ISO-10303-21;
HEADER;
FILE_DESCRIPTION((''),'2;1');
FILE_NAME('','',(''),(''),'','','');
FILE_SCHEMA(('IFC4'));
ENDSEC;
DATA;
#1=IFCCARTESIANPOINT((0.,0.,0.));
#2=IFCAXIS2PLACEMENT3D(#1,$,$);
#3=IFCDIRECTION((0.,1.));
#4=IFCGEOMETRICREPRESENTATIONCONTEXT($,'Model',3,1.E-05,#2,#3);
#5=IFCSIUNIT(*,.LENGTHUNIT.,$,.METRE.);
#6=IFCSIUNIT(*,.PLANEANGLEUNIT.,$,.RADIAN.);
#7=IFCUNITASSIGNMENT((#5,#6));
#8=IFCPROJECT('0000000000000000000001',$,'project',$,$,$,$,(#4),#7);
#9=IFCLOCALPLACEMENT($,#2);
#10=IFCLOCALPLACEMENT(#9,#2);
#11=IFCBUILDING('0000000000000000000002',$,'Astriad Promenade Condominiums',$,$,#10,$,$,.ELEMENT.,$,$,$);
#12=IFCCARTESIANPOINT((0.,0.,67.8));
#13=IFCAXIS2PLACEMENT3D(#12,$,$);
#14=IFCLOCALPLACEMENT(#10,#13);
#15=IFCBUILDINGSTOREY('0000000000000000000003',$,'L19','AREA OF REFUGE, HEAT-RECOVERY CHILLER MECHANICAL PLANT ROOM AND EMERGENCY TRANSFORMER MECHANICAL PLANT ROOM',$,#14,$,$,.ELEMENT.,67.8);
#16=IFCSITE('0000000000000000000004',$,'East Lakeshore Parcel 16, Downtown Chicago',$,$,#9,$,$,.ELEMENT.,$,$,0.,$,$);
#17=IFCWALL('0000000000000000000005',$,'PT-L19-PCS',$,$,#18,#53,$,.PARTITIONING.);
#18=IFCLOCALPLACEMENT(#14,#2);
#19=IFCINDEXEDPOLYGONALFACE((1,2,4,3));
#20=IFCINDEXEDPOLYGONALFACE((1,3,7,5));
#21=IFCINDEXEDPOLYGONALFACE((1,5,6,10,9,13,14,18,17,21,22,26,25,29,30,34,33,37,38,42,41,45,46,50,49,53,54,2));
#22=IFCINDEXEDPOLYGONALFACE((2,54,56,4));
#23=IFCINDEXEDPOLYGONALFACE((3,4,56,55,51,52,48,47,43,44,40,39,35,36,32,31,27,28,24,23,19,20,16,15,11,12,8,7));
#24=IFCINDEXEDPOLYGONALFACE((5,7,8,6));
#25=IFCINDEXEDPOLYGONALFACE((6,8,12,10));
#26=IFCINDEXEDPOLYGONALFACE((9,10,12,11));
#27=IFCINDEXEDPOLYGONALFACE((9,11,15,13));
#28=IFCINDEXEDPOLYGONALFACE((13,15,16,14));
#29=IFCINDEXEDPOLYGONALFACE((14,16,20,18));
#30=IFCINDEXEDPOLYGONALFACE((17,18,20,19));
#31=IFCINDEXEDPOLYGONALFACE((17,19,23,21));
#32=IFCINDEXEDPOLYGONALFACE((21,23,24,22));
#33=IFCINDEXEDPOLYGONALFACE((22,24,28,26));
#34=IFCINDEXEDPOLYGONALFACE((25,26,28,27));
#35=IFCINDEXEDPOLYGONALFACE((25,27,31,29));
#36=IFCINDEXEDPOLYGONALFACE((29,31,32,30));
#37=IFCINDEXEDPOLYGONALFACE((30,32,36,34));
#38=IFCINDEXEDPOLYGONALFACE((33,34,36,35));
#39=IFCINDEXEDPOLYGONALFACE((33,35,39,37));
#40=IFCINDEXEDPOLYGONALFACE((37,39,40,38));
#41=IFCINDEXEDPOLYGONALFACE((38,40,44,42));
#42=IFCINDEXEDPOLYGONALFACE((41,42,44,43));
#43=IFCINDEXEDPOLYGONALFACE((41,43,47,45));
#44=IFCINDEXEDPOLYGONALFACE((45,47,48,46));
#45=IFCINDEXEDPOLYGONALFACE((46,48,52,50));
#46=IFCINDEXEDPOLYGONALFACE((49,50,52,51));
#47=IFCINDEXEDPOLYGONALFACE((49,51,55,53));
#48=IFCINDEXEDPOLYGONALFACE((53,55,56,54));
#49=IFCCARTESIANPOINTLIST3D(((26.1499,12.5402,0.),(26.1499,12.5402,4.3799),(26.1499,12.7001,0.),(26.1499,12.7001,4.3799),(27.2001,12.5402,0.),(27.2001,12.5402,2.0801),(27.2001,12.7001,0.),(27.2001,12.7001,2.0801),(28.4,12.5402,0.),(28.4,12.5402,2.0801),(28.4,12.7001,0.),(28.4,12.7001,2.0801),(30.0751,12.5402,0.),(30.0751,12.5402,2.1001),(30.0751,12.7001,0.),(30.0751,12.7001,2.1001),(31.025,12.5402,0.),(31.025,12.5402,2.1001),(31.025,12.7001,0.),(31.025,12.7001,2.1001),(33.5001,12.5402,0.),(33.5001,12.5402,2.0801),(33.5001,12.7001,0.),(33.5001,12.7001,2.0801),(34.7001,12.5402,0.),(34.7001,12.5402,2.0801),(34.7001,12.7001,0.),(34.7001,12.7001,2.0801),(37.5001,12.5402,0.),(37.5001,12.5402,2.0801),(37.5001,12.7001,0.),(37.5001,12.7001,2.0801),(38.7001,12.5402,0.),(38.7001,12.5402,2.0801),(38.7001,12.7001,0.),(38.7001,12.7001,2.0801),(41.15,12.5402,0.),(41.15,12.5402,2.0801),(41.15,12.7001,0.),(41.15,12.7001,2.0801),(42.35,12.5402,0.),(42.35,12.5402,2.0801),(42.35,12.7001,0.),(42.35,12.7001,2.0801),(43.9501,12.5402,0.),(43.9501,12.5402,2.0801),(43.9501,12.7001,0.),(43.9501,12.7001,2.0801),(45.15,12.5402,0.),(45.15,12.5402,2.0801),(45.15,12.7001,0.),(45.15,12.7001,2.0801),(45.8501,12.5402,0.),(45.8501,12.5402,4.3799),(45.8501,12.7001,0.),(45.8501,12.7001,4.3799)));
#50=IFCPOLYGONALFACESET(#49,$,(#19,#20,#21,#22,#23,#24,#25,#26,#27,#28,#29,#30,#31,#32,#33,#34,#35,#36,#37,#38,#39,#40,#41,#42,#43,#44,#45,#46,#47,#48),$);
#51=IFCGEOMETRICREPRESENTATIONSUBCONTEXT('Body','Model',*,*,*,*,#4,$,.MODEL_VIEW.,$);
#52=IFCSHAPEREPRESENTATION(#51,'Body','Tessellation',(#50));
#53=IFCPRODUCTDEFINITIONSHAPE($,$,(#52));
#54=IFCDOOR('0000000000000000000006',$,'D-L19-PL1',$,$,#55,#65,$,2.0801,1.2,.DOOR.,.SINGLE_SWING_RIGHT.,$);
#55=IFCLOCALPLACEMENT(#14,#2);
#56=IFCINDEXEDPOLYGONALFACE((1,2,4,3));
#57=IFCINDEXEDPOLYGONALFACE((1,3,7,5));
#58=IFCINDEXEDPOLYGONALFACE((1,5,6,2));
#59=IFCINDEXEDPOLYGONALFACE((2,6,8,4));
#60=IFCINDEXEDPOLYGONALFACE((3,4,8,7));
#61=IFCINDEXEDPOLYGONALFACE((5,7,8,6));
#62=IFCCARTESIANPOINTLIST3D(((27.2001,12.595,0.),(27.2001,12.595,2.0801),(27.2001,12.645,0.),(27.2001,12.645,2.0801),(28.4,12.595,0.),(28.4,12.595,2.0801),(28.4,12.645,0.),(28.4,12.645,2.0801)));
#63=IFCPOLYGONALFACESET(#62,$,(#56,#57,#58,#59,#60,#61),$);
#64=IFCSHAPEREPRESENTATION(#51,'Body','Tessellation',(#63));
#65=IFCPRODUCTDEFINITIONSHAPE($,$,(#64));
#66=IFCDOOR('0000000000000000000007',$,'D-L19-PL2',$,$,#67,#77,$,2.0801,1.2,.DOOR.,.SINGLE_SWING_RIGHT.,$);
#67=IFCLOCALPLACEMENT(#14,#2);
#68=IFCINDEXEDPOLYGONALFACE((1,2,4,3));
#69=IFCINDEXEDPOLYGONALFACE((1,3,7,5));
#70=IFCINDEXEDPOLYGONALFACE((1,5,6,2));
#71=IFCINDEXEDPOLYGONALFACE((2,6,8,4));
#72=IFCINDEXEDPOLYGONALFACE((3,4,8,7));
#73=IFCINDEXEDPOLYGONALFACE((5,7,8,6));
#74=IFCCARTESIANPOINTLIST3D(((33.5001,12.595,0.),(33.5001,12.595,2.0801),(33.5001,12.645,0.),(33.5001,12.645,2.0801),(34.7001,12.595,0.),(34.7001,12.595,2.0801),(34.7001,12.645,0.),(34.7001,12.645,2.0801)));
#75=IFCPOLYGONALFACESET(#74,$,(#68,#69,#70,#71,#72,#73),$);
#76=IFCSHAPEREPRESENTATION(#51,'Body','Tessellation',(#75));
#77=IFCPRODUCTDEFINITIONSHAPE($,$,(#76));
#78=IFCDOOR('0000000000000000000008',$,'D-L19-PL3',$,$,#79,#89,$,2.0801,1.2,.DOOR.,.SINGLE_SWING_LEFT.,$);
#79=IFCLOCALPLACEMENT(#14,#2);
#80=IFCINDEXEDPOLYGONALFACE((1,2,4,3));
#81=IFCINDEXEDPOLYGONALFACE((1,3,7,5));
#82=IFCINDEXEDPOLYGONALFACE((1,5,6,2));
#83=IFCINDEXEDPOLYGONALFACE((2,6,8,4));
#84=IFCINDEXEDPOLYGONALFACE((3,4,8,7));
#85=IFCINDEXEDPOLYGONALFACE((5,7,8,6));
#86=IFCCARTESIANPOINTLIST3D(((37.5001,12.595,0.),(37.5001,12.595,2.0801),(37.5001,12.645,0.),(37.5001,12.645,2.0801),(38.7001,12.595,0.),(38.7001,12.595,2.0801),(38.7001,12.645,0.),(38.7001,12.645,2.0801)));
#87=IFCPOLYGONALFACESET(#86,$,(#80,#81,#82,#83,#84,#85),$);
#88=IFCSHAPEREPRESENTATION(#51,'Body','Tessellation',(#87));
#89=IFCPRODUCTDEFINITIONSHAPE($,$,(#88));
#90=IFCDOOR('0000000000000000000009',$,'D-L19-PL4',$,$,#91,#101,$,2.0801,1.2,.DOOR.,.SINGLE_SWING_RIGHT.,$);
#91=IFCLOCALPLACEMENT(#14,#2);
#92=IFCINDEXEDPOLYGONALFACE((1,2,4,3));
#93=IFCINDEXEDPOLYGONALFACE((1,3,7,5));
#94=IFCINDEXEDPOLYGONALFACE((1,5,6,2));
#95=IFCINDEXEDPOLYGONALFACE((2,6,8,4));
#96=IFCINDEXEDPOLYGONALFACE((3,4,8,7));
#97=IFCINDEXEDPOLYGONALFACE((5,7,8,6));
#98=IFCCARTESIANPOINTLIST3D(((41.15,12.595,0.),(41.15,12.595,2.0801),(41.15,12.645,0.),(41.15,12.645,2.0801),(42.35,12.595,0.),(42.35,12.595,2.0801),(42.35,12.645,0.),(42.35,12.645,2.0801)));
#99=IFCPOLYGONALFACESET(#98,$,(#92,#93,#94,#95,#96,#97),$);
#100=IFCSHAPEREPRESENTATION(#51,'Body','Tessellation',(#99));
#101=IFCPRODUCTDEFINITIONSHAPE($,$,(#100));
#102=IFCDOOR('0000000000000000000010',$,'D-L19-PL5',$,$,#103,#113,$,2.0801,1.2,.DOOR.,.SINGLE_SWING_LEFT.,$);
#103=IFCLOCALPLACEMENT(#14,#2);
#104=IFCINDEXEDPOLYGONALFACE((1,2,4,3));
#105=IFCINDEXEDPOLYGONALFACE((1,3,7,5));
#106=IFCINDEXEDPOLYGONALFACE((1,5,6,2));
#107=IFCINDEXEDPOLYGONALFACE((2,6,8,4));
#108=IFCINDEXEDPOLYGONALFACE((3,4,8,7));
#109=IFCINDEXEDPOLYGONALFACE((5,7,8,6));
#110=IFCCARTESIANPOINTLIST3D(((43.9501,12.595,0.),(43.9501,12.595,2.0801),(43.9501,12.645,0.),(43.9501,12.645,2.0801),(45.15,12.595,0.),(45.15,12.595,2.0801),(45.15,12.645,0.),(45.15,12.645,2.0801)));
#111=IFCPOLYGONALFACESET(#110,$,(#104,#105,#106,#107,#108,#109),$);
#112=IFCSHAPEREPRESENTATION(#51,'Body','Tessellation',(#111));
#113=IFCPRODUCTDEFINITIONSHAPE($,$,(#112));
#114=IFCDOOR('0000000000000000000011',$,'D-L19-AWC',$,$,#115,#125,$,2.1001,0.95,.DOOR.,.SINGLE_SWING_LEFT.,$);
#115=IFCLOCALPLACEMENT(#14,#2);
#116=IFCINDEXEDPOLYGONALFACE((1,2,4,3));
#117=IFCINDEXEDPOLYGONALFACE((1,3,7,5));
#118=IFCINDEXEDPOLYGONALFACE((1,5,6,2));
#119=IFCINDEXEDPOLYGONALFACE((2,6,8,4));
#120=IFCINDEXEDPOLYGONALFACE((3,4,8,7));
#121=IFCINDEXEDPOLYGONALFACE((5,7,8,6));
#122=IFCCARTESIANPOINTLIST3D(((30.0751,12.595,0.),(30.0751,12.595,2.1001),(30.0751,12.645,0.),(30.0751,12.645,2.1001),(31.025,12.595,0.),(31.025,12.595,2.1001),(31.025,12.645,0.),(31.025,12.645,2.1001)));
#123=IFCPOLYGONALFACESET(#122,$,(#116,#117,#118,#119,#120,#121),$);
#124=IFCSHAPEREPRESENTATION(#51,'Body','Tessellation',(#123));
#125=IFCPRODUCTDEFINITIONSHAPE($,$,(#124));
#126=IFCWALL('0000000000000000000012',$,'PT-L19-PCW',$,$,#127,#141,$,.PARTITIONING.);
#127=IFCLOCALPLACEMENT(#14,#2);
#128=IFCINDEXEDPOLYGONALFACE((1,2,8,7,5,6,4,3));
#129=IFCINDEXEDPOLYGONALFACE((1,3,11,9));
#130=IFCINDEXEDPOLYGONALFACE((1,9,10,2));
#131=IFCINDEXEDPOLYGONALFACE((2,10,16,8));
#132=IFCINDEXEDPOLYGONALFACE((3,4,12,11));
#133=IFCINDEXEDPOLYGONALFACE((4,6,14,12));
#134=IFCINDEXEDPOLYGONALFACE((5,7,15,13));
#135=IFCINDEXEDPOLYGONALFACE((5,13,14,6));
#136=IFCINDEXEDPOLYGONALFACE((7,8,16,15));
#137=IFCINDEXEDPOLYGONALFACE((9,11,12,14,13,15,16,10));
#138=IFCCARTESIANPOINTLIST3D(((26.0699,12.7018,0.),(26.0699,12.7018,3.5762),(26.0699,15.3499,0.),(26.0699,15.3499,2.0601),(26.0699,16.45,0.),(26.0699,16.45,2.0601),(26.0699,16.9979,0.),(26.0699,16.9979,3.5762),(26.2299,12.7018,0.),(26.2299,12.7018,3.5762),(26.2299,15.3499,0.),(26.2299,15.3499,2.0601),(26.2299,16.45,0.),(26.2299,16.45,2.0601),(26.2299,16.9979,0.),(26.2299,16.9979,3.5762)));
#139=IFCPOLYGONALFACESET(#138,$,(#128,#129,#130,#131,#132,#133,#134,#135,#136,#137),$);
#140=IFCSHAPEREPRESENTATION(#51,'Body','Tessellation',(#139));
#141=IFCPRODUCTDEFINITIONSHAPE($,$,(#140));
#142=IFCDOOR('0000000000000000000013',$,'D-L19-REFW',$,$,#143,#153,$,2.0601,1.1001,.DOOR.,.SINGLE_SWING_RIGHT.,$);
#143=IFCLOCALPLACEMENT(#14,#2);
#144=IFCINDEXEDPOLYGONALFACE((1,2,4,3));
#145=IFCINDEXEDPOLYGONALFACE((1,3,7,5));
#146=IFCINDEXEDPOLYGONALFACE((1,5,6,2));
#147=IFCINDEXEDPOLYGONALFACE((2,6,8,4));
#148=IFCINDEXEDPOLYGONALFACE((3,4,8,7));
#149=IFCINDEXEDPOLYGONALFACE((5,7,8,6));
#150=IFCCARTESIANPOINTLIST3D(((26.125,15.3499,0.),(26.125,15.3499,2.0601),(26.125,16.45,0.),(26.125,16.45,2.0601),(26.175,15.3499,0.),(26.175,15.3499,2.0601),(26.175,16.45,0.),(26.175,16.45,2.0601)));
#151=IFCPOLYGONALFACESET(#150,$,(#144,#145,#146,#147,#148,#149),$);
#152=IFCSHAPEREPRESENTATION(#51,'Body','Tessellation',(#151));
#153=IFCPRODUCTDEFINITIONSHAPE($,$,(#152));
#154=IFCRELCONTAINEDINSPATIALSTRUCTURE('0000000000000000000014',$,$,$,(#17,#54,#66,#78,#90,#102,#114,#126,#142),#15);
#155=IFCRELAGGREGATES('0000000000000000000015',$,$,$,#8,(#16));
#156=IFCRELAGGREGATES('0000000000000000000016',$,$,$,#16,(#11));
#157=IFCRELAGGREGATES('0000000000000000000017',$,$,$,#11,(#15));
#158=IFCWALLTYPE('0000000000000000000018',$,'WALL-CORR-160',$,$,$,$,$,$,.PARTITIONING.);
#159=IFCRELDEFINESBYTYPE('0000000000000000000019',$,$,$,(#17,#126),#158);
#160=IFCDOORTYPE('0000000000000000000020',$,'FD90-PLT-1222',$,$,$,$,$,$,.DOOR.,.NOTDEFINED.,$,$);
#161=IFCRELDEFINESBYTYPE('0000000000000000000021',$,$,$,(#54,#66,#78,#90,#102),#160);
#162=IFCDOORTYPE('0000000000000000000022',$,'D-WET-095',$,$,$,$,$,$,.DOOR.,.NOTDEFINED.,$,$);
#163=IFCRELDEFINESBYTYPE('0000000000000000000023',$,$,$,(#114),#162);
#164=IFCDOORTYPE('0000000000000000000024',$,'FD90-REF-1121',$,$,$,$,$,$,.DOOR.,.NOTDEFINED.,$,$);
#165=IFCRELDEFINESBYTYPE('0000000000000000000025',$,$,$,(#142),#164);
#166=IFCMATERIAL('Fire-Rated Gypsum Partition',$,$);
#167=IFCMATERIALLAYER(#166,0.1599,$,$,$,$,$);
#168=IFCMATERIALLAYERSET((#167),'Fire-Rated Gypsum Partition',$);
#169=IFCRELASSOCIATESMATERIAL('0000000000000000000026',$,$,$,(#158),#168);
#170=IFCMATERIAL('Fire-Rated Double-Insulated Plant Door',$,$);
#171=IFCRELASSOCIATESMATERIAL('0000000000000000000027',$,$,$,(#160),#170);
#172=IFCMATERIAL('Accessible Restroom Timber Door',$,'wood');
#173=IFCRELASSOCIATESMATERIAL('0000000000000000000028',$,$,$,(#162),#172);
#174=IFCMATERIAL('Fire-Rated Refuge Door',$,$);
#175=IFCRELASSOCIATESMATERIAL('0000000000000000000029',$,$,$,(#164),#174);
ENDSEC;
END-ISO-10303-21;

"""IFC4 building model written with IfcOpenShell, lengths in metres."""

from ifc_helpers import new_model, si_unit, direction, frame, frame_2d, origin, place, context, subcontext, project, spatial, rectangle, extrude, source, transform, mapped, material, layer, layer_set, type_object, type_shapes, element, fill, save


model = new_model("IFC4")

# Units and contexts
model_context = context("Model", 3, precision=1e-05, world=origin(), true_north=direction((0.0, 1.0)))
body_context = subcontext(model_context, "Body", "Model", "MODEL_VIEW")
ifc_project = project(units=[si_unit("LENGTHUNIT", "METRE"), si_unit("PLANEANGLEUNIT", "RADIAN")], contexts=[model_context])

# Site, building, storey
site_placement = place(None, origin())
site = spatial("IfcSite", under=ifc_project, at=site_placement, Name="East Lakeshore Parcel 16, Downtown Chicago", CompositionType="ELEMENT", RefElevation=0.0)
building_placement = place(site_placement, origin())
building = spatial("IfcBuilding", under=site, at=building_placement, Name="Astriad Promenade Condominiums", CompositionType="ELEMENT")
storey_placement = place(building_placement, frame((0.0, 0.0, 67.8)))
storey = spatial("IfcBuildingStorey", under=building, at=storey_placement, Name="L19", Description="AREA OF REFUGE, HEAT-RECOVERY CHILLER MECHANICAL PLANT ROOM AND EMERGENCY TRANSFORMER MECHANICAL PLANT ROOM", CompositionType="ELEMENT", Elevation=67.8)

# Wall, openings, doors
ifc_material_1 = material(Name="Fire-Rated Gypsum Partition")
ifc_layer_1 = layer(ifc_material_1, 0.1599)
ifc_layer_set_1 = layer_set([ifc_layer_1], Name="Fire-Rated Gypsum Partition")
wall_type_1 = type_object("IfcWallType", Name="WALL-CORR-160", PredefinedType="PARTITIONING", material=ifc_layer_set_1)
wall_1_placement = place(storey_placement, frame((26.1499, 12.6201, 0.0), z_axis=(0.0, 0.0, 1.0), x_axis=(1.0, 0.0, 0.0)))
wall_1 = element("IfcWall", 1, at=wall_1_placement, inside=storey, type_object=wall_type_1, Name="PT-L19-PCS", PredefinedType="PARTITIONING", context=body_context, shape_type="SweptSolid", body=[
    extrude(rectangle(XDim=19.7002, YDim=0.1599, at=frame_2d((9.8501, 0.0))), origin(), (0.0, 0.0, 1.0), 4.3799),
])
opening_1_placement = place(wall_1_placement, frame((1.05, 0.0, 0.0)))
opening_1 = element("IfcOpeningElement", 2, at=opening_1_placement, cuts=wall_1, PredefinedType="OPENING", context=body_context, shape_type="SweptSolid", body=[
    extrude(rectangle(XDim=1.2, YDim=2.0801, at=frame_2d((0.6001, 1.04))), frame((0.0, 0.0898, 0.0), z_axis=(0.0, -1.0, 0.0), x_axis=(1.0, 0.0, 0.0)), (0.0, 0.0, 1.0), 0.1799),
])
opening_2_placement = place(wall_1_placement, frame((3.925, 0.0, 0.0)))
opening_2 = element("IfcOpeningElement", 3, at=opening_2_placement, cuts=wall_1, PredefinedType="OPENING", context=body_context, shape_type="SweptSolid", body=[
    extrude(rectangle(XDim=0.95, YDim=2.1001, at=frame_2d((0.4751, 1.05))), frame((0.0, 0.0898, 0.0), z_axis=(0.0, -1.0, 0.0), x_axis=(1.0, 0.0, 0.0)), (0.0, 0.0, 1.0), 0.1799),
])
opening_3_placement = place(wall_1_placement, frame((7.3501, 0.0, 0.0)))
opening_3 = element("IfcOpeningElement", 4, at=opening_3_placement, cuts=wall_1, PredefinedType="OPENING", context=body_context, shape_type="SweptSolid", body=[
    extrude(rectangle(XDim=1.2, YDim=2.0801, at=frame_2d((0.6001, 1.04))), frame((0.0, 0.0898, 0.0), z_axis=(0.0, -1.0, 0.0), x_axis=(1.0, 0.0, 0.0)), (0.0, 0.0, 1.0), 0.1799),
])
opening_4_placement = place(wall_1_placement, frame((11.3501, 0.0, 0.0)))
opening_4 = element("IfcOpeningElement", 5, at=opening_4_placement, cuts=wall_1, PredefinedType="OPENING", context=body_context, shape_type="SweptSolid", body=[
    extrude(rectangle(XDim=1.2, YDim=2.0801, at=frame_2d((0.6001, 1.04))), frame((0.0, 0.0898, 0.0), z_axis=(0.0, -1.0, 0.0), x_axis=(1.0, 0.0, 0.0)), (0.0, 0.0, 1.0), 0.1799),
])
opening_5_placement = place(wall_1_placement, frame((15.0, 0.0, 0.0)))
opening_5 = element("IfcOpeningElement", 6, at=opening_5_placement, cuts=wall_1, PredefinedType="OPENING", context=body_context, shape_type="SweptSolid", body=[
    extrude(rectangle(XDim=1.2, YDim=2.0801, at=frame_2d((0.6001, 1.04))), frame((0.0, 0.0898, 0.0), z_axis=(0.0, -1.0, 0.0), x_axis=(1.0, 0.0, 0.0)), (0.0, 0.0, 1.0), 0.1799),
])
opening_6_placement = place(wall_1_placement, frame((17.8, 0.0, 0.0)))
opening_6 = element("IfcOpeningElement", 7, at=opening_6_placement, cuts=wall_1, PredefinedType="OPENING", context=body_context, shape_type="SweptSolid", body=[
    extrude(rectangle(XDim=1.2, YDim=2.0801, at=frame_2d((0.6001, 1.04))), frame((0.0, 0.0898, 0.0), z_axis=(0.0, -1.0, 0.0), x_axis=(1.0, 0.0, 0.0)), (0.0, 0.0, 1.0), 0.1799),
])
ifc_material_2 = material(Name="Fire-Rated Double-Insulated Plant Door")
door_type_1 = type_object("IfcDoorType", Name="FD90-PLT-1222", OperationType="NOTDEFINED", PredefinedType="DOOR", material=ifc_material_2)
shared_shape_1 = source(origin(), body_context, "Body", "SweptSolid", [
    extrude(rectangle(XDim=1.2, YDim=2.0801, at=frame_2d((0.6001, 1.04))), frame((0.0, 0.0249, 0.0), z_axis=(0.0, -1.0, 0.0), x_axis=(1.0, 0.0, 0.0)), (0.0, 0.0, 1.0), 0.05),
])
type_shapes(door_type_1, [shared_shape_1])
door_1_placement = place(opening_1_placement, origin())
door_1 = element("IfcDoor", 8, at=door_1_placement, inside=storey, type_object=door_type_1, Name="D-L19-PL1", OperationType="SINGLE_SWING_RIGHT", OverallHeight=2.0801, OverallWidth=1.2, PredefinedType="DOOR", context=body_context, shape_type="MappedRepresentation", body=[
    mapped(shared_shape_1, transform((0.0, 0.0, 0.0), scale=1.0)),
])
fill(opening_1, door_1)
door_2_placement = place(opening_3_placement, origin())
door_2 = element("IfcDoor", 9, at=door_2_placement, inside=storey, type_object=door_type_1, Name="D-L19-PL2", OperationType="SINGLE_SWING_RIGHT", OverallHeight=2.0801, OverallWidth=1.2, PredefinedType="DOOR", context=body_context, shape_type="MappedRepresentation", body=[
    mapped(shared_shape_1, transform((0.0, 0.0, 0.0), scale=1.0)),
])
fill(opening_3, door_2)
door_3_placement = place(opening_4_placement, origin())
door_3 = element("IfcDoor", 10, at=door_3_placement, inside=storey, type_object=door_type_1, Name="D-L19-PL3", OperationType="SINGLE_SWING_LEFT", OverallHeight=2.0801, OverallWidth=1.2, PredefinedType="DOOR", context=body_context, shape_type="MappedRepresentation", body=[
    mapped(shared_shape_1, transform((0.0, 0.0, 0.0), scale=1.0)),
])
fill(opening_4, door_3)
door_4_placement = place(opening_5_placement, origin())
door_4 = element("IfcDoor", 11, at=door_4_placement, inside=storey, type_object=door_type_1, Name="D-L19-PL4", OperationType="SINGLE_SWING_RIGHT", OverallHeight=2.0801, OverallWidth=1.2, PredefinedType="DOOR", context=body_context, shape_type="MappedRepresentation", body=[
    mapped(shared_shape_1, transform((0.0, 0.0, 0.0), scale=1.0)),
])
fill(opening_5, door_4)
door_5_placement = place(opening_6_placement, origin())
door_5 = element("IfcDoor", 12, at=door_5_placement, inside=storey, type_object=door_type_1, Name="D-L19-PL5", OperationType="SINGLE_SWING_LEFT", OverallHeight=2.0801, OverallWidth=1.2, PredefinedType="DOOR", context=body_context, shape_type="MappedRepresentation", body=[
    mapped(shared_shape_1, transform((0.0, 0.0, 0.0), scale=1.0)),
])
fill(opening_6, door_5)
ifc_material_3 = material(Name="Accessible Restroom Timber Door", Category="wood")
door_type_2 = type_object("IfcDoorType", Name="D-WET-095", OperationType="NOTDEFINED", PredefinedType="DOOR", material=ifc_material_3)
shared_shape_2 = source(origin(), body_context, "Body", "SweptSolid", [
    extrude(rectangle(XDim=0.95, YDim=2.1001, at=frame_2d((0.4751, 1.05))), frame((0.0, 0.0249, 0.0), z_axis=(0.0, -1.0, 0.0), x_axis=(1.0, 0.0, 0.0)), (0.0, 0.0, 1.0), 0.05),
])
type_shapes(door_type_2, [shared_shape_2])
door_6_placement = place(opening_2_placement, origin())
door_6 = element("IfcDoor", 13, at=door_6_placement, inside=storey, type_object=door_type_2, Name="D-L19-AWC", OperationType="SINGLE_SWING_LEFT", OverallHeight=2.1001, OverallWidth=0.95, PredefinedType="DOOR", context=body_context, shape_type="MappedRepresentation", body=[
    mapped(shared_shape_2, transform((0.0, 0.0, 0.0), scale=1.0)),
])
fill(opening_2, door_6)

# Wall, opening, door
wall_2_placement = place(storey_placement, frame((26.1499, 12.7019, 0.0), z_axis=(0.0, 0.0, 1.0), x_axis=(0.0, 1.0, 0.0)))
wall_2 = element("IfcWall", 14, at=wall_2_placement, inside=storey, type_object=wall_type_1, Name="PT-L19-PCW", PredefinedType="PARTITIONING", context=body_context, shape_type="SweptSolid", body=[
    extrude(rectangle(XDim=4.2961, YDim=0.1599, at=frame_2d((2.1479, 0.0))), origin(), (0.0, 0.0, 1.0), 3.5762),
])
opening_7_placement = place(wall_2_placement, frame((2.6479, 0.0, 0.0)))
opening_7 = element("IfcOpeningElement", 15, at=opening_7_placement, cuts=wall_2, PredefinedType="OPENING", context=body_context, shape_type="SweptSolid", body=[
    extrude(rectangle(XDim=1.1001, YDim=2.0601, at=frame_2d((0.55, 1.03))), frame((0.0, 0.0898, 0.0), z_axis=(0.0, -1.0, 0.0), x_axis=(1.0, 0.0, 0.0)), (0.0, 0.0, 1.0), 0.1799),
])
ifc_material_4 = material(Name="Fire-Rated Refuge Door")
door_type_3 = type_object("IfcDoorType", Name="FD90-REF-1121", OperationType="NOTDEFINED", PredefinedType="DOOR", material=ifc_material_4)
shared_shape_3 = source(origin(), body_context, "Body", "SweptSolid", [
    extrude(rectangle(XDim=1.1001, YDim=2.0601, at=frame_2d((0.55, 1.03))), frame((0.0, 0.0249, 0.0), z_axis=(0.0, -1.0, 0.0), x_axis=(1.0, 0.0, 0.0)), (0.0, 0.0, 1.0), 0.05),
])
type_shapes(door_type_3, [shared_shape_3])
door_7_placement = place(opening_7_placement, origin())
door_7 = element("IfcDoor", 16, at=door_7_placement, inside=storey, type_object=door_type_3, Name="D-L19-REFW", OperationType="SINGLE_SWING_RIGHT", OverallHeight=2.0601, OverallWidth=1.1001, PredefinedType="DOOR", context=body_context, shape_type="MappedRepresentation", body=[
    mapped(shared_shape_3, transform((0.0, 0.0, 0.0), scale=1.0)),
])
fill(opening_7, door_7)

save(model, "model.ifc")
